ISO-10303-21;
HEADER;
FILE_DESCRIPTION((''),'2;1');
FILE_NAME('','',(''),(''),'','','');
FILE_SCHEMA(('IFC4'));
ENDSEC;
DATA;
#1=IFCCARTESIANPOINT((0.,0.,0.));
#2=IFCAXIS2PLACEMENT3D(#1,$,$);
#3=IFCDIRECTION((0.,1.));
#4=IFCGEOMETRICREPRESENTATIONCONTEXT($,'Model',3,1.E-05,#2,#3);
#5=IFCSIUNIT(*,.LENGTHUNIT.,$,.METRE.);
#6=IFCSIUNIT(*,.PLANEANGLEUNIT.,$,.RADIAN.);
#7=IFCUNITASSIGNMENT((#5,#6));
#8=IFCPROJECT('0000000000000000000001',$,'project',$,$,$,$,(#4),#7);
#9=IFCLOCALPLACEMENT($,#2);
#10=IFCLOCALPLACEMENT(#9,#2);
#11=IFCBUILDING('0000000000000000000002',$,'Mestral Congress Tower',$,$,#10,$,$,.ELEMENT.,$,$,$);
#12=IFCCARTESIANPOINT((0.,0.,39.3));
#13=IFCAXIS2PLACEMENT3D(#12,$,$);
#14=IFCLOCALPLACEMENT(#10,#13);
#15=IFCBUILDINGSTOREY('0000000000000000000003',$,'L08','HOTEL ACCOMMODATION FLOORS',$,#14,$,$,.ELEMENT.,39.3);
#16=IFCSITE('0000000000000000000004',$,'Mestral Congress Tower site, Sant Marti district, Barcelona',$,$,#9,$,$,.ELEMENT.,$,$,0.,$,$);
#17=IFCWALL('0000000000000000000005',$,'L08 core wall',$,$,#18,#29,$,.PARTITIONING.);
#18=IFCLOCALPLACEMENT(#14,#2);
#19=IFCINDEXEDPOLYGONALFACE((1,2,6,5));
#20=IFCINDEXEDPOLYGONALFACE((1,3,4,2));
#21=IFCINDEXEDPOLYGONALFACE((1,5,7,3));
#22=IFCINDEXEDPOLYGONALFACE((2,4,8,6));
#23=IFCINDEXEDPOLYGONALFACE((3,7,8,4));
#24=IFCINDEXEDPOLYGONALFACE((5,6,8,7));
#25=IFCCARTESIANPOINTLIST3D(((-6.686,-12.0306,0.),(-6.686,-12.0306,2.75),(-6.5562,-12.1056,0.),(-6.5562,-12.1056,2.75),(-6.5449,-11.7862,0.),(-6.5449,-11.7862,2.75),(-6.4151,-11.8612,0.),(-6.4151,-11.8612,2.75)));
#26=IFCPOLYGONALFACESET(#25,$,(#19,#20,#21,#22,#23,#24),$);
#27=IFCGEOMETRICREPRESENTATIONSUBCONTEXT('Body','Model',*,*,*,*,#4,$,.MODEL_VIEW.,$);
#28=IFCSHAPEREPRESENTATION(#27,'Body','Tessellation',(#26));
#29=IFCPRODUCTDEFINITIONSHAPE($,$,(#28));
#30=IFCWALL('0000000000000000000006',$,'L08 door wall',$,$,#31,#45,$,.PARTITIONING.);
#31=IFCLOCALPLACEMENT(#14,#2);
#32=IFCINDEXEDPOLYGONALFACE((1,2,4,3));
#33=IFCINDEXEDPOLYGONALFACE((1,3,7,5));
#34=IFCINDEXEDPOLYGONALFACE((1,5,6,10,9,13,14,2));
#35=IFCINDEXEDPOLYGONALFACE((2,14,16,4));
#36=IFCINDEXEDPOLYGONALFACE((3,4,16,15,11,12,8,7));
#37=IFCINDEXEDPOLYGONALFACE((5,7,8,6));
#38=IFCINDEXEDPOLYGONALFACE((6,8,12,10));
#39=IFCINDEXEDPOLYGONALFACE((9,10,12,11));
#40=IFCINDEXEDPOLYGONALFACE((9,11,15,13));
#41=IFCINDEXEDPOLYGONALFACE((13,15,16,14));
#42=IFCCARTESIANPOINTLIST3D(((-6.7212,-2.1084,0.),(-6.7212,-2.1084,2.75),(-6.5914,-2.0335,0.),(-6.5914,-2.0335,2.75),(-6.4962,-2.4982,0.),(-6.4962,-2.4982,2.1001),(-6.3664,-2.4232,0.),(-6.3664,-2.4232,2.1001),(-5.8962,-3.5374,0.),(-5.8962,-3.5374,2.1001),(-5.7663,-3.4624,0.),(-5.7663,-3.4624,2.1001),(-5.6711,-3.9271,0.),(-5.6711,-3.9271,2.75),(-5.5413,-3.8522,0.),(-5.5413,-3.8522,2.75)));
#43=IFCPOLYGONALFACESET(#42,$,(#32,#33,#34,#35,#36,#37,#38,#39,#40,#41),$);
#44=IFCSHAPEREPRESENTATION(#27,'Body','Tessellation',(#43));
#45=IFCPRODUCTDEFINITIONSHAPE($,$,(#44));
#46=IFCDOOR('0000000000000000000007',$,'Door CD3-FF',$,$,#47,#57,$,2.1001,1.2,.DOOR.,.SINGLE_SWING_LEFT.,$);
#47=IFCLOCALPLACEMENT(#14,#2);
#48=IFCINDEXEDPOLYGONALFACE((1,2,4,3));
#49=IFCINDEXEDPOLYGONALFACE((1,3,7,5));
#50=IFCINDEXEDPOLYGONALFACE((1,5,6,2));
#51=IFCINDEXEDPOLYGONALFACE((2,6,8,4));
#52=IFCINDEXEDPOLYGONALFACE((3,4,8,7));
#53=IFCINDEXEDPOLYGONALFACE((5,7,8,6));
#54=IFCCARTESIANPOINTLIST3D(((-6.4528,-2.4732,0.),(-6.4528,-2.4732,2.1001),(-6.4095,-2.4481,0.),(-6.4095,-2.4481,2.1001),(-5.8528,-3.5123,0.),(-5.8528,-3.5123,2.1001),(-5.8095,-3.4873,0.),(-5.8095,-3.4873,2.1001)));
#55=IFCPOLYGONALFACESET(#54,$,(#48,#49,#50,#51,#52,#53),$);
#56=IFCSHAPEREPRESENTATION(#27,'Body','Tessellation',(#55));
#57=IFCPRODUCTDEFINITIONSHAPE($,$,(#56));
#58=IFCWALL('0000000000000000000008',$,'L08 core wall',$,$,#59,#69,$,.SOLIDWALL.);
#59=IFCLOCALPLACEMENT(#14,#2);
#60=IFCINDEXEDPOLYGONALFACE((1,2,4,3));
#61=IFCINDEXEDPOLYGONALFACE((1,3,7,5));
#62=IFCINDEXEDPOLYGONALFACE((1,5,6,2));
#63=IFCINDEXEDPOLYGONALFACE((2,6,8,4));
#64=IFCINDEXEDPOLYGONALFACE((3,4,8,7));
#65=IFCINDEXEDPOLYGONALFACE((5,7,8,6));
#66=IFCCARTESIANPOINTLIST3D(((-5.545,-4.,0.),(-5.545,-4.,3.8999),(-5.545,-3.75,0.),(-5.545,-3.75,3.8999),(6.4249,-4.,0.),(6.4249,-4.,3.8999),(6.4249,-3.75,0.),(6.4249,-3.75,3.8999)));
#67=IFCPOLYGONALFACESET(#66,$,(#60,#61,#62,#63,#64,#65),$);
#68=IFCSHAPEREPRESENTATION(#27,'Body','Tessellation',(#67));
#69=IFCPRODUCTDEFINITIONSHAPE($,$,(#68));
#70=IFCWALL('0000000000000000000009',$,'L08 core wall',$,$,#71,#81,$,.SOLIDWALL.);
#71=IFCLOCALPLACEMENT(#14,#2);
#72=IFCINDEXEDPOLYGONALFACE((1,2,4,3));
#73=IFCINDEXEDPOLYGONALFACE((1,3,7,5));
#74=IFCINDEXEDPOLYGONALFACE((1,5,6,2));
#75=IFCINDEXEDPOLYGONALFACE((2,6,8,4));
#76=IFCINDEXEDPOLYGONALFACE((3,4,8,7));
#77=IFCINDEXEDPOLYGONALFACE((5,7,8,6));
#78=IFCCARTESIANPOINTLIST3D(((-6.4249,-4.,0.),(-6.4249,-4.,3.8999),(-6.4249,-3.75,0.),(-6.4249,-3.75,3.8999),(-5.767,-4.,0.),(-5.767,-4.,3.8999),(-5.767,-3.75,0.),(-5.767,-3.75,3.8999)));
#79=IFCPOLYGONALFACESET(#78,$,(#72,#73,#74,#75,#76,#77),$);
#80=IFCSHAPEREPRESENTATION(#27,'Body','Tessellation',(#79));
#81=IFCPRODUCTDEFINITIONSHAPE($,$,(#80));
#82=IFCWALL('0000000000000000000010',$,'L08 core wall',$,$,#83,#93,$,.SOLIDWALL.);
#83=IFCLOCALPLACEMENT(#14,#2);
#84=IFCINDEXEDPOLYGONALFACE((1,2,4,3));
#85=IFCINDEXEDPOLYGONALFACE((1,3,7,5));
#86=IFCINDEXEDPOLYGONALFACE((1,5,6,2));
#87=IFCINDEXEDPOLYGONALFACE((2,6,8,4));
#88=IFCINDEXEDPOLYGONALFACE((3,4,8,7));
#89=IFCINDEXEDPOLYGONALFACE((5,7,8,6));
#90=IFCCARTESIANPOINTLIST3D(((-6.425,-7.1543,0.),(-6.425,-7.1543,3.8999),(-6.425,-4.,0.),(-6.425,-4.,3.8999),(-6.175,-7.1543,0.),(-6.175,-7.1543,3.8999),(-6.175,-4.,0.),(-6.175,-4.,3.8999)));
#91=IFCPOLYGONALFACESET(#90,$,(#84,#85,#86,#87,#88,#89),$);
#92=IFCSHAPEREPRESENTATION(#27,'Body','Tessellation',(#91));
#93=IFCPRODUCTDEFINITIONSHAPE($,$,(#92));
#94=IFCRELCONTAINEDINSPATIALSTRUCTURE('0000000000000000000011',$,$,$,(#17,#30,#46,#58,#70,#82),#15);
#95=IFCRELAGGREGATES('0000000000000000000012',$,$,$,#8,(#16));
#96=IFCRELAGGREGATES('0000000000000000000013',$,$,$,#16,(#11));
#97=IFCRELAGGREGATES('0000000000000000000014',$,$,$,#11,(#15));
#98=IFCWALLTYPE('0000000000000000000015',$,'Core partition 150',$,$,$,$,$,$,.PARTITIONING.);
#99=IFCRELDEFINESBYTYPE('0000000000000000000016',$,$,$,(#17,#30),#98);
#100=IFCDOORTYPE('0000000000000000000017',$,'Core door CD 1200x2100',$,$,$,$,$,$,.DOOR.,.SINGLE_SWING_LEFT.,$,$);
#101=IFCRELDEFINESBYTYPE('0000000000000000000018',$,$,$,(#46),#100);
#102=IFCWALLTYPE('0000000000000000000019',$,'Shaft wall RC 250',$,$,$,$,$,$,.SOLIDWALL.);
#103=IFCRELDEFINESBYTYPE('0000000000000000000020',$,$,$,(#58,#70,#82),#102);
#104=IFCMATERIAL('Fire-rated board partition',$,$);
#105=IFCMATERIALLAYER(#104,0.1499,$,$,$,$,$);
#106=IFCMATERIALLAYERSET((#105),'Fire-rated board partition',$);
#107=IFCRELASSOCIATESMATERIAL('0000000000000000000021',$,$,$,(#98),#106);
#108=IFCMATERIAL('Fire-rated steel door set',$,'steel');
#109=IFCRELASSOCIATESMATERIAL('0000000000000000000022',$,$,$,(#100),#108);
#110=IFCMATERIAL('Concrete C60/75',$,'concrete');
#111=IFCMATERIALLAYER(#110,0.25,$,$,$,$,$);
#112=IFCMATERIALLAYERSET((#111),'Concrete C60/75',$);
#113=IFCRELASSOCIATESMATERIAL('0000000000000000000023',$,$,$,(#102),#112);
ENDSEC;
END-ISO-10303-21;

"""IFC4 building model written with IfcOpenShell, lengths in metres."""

from ifc_helpers import new_model, si_unit, direction, frame, frame_2d, origin, place, context, subcontext, project, spatial, rectangle, extrude, material, layer, layer_set, type_object, element, fill, save


model = new_model("IFC4")

# Units and contexts
model_context = context("Model", 3, precision=1e-05, world=origin(), true_north=direction((0.0, 1.0)))
body_context = subcontext(model_context, "Body", "Model", "MODEL_VIEW")
ifc_project = project(units=[si_unit("LENGTHUNIT", "METRE"), si_unit("PLANEANGLEUNIT", "RADIAN")], contexts=[model_context])

# Site, building, storey
site_placement = place(None, origin())
site = spatial("IfcSite", under=ifc_project, at=site_placement, Name="Mestral Congress Tower site, Sant Marti district, Barcelona", CompositionType="ELEMENT", RefElevation=0.0)
building_placement = place(site_placement, origin())
building = spatial("IfcBuilding", under=site, at=building_placement, Name="Mestral Congress Tower", CompositionType="ELEMENT")
storey_placement = place(building_placement, frame((0.0, 0.0, 39.3)))
storey = spatial("IfcBuildingStorey", under=building, at=storey_placement, Name="L08", Description="HOTEL ACCOMMODATION FLOORS", CompositionType="ELEMENT", Elevation=39.3)

# Wall
ifc_material_1 = material(Name="Fire-rated board partition")
ifc_layer_1 = layer(ifc_material_1, 0.1499)
ifc_layer_set_1 = layer_set([ifc_layer_1], Name="Fire-rated board partition")
wall_type_1 = type_object("IfcWallType", Name="Core partition 150", PredefinedType="PARTITIONING", material=ifc_layer_set_1)
wall_1_placement = place(storey_placement, frame((-6.6211, -12.0681, 0.0), z_axis=(0.0, 0.0, 1.0), x_axis=(0.500047, 0.865998, 0.0)))
element("IfcWall", 1, at=wall_1_placement, inside=storey, type_object=wall_type_1, Name="L08 core wall", PredefinedType="PARTITIONING", context=body_context, shape_type="SweptSolid", body=[
    extrude(rectangle(XDim=0.2822, YDim=0.1499, at=frame_2d((0.1411, 0.0))), origin(), (0.0, 0.0, 1.0), 2.75),
])

# Wall, opening, door
wall_2_placement = place(storey_placement, frame((-5.6062, -3.8896, 0.0), z_axis=(0.0, 0.0, 1.0), x_axis=(-0.500028, 0.866009, 0.0)))
wall_2 = element("IfcWall", 2, at=wall_2_placement, inside=storey, type_object=wall_type_1, Name="L08 door wall", PredefinedType="PARTITIONING", context=body_context, shape_type="SweptSolid", body=[
    extrude(rectangle(XDim=2.1001, YDim=0.1499, at=frame_2d((1.05, 0.0))), origin(), (0.0, 0.0, 1.0), 2.75),
])
opening_1_placement = place(wall_2_placement, frame((0.45, 0.0, 0.0)))
opening_1 = element("IfcOpeningElement", 3, at=opening_1_placement, cuts=wall_2, PredefinedType="OPENING", context=body_context, shape_type="SweptSolid", body=[
    extrude(rectangle(XDim=1.2, YDim=2.1001, at=frame_2d((0.6001, 1.05))), frame((0.0, 0.085, 0.0), z_axis=(0.0, -1.0, 0.0), x_axis=(1.0, 0.0, 0.0)), (0.0, 0.0, 1.0), 0.1699),
])
ifc_material_2 = material(Name="Fire-rated steel door set", Category="steel")
door_type_1 = type_object("IfcDoorType", Name="Core door CD 1200x2100", OperationType="SINGLE_SWING_LEFT", PredefinedType="DOOR", material=ifc_material_2)
door_1_placement = place(opening_1_placement, origin())
door_1 = element("IfcDoor", 4, at=door_1_placement, inside=storey, type_object=door_type_1, Name="Door CD3-FF", OperationType="SINGLE_SWING_LEFT", OverallHeight=2.1001, OverallWidth=1.2, PredefinedType="DOOR", context=body_context, shape_type="SweptSolid", body=[
    extrude(rectangle(XDim=1.2, YDim=2.1001, at=frame_2d((0.6001, 1.05))), frame((0.0, 0.0249, 0.0), z_axis=(0.0, -1.0, 0.0), x_axis=(1.0, 0.0, 0.0)), (0.0, 0.0, 1.0), 0.05),
])
fill(opening_1, door_1)

# Walls
ifc_material_3 = material(Name="Concrete C60/75", Category="concrete")
ifc_layer_2 = layer(ifc_material_3, 0.25)
ifc_layer_set_2 = layer_set([ifc_layer_2], Name="Concrete C60/75")
wall_type_2 = type_object("IfcWallType", Name="Shaft wall RC 250", PredefinedType="SOLIDWALL", material=ifc_layer_set_2)
wall_3_placement = place(storey_placement, frame((-5.5449, -3.875, 0.0), z_axis=(0.0, 0.0, 1.0), x_axis=(1.0, 0.0, 0.0)))
element("IfcWall", 5, at=wall_3_placement, inside=storey, type_object=wall_type_2, Name="L08 core wall", PredefinedType="SOLIDWALL", context=body_context, shape_type="SweptSolid", body=[
    extrude(rectangle(XDim=11.97, YDim=0.25, at=frame_2d((5.9849, 0.0))), origin(), (0.0, 0.0, 1.0), 3.8999),
])
wall_4_placement = place(storey_placement, frame((-6.425, -3.875, 0.0), z_axis=(0.0, 0.0, 1.0), x_axis=(1.0, 0.0, 0.0)))
element("IfcWall", 6, at=wall_4_placement, inside=storey, type_object=wall_type_2, Name="L08 core wall", PredefinedType="SOLIDWALL", context=body_context, shape_type="SweptSolid", body=[
    extrude(rectangle(XDim=0.658, YDim=0.25, at=frame_2d((0.3291, 0.0))), origin(), (0.0, 0.0, 1.0), 3.8999),
])
wall_5_placement = place(storey_placement, frame((-6.3, -4.0, 0.0), z_axis=(0.0, 0.0, 1.0), x_axis=(0.0, -1.0, 0.0)))
element("IfcWall", 7, at=wall_5_placement, inside=storey, type_object=wall_type_2, Name="L08 core wall", PredefinedType="SOLIDWALL", context=body_context, shape_type="SweptSolid", body=[
    extrude(rectangle(XDim=3.1543, YDim=0.25, at=frame_2d((1.5771, 0.0))), origin(), (0.0, 0.0, 1.0), 3.8999),
])

save(model, "model.ifc")
